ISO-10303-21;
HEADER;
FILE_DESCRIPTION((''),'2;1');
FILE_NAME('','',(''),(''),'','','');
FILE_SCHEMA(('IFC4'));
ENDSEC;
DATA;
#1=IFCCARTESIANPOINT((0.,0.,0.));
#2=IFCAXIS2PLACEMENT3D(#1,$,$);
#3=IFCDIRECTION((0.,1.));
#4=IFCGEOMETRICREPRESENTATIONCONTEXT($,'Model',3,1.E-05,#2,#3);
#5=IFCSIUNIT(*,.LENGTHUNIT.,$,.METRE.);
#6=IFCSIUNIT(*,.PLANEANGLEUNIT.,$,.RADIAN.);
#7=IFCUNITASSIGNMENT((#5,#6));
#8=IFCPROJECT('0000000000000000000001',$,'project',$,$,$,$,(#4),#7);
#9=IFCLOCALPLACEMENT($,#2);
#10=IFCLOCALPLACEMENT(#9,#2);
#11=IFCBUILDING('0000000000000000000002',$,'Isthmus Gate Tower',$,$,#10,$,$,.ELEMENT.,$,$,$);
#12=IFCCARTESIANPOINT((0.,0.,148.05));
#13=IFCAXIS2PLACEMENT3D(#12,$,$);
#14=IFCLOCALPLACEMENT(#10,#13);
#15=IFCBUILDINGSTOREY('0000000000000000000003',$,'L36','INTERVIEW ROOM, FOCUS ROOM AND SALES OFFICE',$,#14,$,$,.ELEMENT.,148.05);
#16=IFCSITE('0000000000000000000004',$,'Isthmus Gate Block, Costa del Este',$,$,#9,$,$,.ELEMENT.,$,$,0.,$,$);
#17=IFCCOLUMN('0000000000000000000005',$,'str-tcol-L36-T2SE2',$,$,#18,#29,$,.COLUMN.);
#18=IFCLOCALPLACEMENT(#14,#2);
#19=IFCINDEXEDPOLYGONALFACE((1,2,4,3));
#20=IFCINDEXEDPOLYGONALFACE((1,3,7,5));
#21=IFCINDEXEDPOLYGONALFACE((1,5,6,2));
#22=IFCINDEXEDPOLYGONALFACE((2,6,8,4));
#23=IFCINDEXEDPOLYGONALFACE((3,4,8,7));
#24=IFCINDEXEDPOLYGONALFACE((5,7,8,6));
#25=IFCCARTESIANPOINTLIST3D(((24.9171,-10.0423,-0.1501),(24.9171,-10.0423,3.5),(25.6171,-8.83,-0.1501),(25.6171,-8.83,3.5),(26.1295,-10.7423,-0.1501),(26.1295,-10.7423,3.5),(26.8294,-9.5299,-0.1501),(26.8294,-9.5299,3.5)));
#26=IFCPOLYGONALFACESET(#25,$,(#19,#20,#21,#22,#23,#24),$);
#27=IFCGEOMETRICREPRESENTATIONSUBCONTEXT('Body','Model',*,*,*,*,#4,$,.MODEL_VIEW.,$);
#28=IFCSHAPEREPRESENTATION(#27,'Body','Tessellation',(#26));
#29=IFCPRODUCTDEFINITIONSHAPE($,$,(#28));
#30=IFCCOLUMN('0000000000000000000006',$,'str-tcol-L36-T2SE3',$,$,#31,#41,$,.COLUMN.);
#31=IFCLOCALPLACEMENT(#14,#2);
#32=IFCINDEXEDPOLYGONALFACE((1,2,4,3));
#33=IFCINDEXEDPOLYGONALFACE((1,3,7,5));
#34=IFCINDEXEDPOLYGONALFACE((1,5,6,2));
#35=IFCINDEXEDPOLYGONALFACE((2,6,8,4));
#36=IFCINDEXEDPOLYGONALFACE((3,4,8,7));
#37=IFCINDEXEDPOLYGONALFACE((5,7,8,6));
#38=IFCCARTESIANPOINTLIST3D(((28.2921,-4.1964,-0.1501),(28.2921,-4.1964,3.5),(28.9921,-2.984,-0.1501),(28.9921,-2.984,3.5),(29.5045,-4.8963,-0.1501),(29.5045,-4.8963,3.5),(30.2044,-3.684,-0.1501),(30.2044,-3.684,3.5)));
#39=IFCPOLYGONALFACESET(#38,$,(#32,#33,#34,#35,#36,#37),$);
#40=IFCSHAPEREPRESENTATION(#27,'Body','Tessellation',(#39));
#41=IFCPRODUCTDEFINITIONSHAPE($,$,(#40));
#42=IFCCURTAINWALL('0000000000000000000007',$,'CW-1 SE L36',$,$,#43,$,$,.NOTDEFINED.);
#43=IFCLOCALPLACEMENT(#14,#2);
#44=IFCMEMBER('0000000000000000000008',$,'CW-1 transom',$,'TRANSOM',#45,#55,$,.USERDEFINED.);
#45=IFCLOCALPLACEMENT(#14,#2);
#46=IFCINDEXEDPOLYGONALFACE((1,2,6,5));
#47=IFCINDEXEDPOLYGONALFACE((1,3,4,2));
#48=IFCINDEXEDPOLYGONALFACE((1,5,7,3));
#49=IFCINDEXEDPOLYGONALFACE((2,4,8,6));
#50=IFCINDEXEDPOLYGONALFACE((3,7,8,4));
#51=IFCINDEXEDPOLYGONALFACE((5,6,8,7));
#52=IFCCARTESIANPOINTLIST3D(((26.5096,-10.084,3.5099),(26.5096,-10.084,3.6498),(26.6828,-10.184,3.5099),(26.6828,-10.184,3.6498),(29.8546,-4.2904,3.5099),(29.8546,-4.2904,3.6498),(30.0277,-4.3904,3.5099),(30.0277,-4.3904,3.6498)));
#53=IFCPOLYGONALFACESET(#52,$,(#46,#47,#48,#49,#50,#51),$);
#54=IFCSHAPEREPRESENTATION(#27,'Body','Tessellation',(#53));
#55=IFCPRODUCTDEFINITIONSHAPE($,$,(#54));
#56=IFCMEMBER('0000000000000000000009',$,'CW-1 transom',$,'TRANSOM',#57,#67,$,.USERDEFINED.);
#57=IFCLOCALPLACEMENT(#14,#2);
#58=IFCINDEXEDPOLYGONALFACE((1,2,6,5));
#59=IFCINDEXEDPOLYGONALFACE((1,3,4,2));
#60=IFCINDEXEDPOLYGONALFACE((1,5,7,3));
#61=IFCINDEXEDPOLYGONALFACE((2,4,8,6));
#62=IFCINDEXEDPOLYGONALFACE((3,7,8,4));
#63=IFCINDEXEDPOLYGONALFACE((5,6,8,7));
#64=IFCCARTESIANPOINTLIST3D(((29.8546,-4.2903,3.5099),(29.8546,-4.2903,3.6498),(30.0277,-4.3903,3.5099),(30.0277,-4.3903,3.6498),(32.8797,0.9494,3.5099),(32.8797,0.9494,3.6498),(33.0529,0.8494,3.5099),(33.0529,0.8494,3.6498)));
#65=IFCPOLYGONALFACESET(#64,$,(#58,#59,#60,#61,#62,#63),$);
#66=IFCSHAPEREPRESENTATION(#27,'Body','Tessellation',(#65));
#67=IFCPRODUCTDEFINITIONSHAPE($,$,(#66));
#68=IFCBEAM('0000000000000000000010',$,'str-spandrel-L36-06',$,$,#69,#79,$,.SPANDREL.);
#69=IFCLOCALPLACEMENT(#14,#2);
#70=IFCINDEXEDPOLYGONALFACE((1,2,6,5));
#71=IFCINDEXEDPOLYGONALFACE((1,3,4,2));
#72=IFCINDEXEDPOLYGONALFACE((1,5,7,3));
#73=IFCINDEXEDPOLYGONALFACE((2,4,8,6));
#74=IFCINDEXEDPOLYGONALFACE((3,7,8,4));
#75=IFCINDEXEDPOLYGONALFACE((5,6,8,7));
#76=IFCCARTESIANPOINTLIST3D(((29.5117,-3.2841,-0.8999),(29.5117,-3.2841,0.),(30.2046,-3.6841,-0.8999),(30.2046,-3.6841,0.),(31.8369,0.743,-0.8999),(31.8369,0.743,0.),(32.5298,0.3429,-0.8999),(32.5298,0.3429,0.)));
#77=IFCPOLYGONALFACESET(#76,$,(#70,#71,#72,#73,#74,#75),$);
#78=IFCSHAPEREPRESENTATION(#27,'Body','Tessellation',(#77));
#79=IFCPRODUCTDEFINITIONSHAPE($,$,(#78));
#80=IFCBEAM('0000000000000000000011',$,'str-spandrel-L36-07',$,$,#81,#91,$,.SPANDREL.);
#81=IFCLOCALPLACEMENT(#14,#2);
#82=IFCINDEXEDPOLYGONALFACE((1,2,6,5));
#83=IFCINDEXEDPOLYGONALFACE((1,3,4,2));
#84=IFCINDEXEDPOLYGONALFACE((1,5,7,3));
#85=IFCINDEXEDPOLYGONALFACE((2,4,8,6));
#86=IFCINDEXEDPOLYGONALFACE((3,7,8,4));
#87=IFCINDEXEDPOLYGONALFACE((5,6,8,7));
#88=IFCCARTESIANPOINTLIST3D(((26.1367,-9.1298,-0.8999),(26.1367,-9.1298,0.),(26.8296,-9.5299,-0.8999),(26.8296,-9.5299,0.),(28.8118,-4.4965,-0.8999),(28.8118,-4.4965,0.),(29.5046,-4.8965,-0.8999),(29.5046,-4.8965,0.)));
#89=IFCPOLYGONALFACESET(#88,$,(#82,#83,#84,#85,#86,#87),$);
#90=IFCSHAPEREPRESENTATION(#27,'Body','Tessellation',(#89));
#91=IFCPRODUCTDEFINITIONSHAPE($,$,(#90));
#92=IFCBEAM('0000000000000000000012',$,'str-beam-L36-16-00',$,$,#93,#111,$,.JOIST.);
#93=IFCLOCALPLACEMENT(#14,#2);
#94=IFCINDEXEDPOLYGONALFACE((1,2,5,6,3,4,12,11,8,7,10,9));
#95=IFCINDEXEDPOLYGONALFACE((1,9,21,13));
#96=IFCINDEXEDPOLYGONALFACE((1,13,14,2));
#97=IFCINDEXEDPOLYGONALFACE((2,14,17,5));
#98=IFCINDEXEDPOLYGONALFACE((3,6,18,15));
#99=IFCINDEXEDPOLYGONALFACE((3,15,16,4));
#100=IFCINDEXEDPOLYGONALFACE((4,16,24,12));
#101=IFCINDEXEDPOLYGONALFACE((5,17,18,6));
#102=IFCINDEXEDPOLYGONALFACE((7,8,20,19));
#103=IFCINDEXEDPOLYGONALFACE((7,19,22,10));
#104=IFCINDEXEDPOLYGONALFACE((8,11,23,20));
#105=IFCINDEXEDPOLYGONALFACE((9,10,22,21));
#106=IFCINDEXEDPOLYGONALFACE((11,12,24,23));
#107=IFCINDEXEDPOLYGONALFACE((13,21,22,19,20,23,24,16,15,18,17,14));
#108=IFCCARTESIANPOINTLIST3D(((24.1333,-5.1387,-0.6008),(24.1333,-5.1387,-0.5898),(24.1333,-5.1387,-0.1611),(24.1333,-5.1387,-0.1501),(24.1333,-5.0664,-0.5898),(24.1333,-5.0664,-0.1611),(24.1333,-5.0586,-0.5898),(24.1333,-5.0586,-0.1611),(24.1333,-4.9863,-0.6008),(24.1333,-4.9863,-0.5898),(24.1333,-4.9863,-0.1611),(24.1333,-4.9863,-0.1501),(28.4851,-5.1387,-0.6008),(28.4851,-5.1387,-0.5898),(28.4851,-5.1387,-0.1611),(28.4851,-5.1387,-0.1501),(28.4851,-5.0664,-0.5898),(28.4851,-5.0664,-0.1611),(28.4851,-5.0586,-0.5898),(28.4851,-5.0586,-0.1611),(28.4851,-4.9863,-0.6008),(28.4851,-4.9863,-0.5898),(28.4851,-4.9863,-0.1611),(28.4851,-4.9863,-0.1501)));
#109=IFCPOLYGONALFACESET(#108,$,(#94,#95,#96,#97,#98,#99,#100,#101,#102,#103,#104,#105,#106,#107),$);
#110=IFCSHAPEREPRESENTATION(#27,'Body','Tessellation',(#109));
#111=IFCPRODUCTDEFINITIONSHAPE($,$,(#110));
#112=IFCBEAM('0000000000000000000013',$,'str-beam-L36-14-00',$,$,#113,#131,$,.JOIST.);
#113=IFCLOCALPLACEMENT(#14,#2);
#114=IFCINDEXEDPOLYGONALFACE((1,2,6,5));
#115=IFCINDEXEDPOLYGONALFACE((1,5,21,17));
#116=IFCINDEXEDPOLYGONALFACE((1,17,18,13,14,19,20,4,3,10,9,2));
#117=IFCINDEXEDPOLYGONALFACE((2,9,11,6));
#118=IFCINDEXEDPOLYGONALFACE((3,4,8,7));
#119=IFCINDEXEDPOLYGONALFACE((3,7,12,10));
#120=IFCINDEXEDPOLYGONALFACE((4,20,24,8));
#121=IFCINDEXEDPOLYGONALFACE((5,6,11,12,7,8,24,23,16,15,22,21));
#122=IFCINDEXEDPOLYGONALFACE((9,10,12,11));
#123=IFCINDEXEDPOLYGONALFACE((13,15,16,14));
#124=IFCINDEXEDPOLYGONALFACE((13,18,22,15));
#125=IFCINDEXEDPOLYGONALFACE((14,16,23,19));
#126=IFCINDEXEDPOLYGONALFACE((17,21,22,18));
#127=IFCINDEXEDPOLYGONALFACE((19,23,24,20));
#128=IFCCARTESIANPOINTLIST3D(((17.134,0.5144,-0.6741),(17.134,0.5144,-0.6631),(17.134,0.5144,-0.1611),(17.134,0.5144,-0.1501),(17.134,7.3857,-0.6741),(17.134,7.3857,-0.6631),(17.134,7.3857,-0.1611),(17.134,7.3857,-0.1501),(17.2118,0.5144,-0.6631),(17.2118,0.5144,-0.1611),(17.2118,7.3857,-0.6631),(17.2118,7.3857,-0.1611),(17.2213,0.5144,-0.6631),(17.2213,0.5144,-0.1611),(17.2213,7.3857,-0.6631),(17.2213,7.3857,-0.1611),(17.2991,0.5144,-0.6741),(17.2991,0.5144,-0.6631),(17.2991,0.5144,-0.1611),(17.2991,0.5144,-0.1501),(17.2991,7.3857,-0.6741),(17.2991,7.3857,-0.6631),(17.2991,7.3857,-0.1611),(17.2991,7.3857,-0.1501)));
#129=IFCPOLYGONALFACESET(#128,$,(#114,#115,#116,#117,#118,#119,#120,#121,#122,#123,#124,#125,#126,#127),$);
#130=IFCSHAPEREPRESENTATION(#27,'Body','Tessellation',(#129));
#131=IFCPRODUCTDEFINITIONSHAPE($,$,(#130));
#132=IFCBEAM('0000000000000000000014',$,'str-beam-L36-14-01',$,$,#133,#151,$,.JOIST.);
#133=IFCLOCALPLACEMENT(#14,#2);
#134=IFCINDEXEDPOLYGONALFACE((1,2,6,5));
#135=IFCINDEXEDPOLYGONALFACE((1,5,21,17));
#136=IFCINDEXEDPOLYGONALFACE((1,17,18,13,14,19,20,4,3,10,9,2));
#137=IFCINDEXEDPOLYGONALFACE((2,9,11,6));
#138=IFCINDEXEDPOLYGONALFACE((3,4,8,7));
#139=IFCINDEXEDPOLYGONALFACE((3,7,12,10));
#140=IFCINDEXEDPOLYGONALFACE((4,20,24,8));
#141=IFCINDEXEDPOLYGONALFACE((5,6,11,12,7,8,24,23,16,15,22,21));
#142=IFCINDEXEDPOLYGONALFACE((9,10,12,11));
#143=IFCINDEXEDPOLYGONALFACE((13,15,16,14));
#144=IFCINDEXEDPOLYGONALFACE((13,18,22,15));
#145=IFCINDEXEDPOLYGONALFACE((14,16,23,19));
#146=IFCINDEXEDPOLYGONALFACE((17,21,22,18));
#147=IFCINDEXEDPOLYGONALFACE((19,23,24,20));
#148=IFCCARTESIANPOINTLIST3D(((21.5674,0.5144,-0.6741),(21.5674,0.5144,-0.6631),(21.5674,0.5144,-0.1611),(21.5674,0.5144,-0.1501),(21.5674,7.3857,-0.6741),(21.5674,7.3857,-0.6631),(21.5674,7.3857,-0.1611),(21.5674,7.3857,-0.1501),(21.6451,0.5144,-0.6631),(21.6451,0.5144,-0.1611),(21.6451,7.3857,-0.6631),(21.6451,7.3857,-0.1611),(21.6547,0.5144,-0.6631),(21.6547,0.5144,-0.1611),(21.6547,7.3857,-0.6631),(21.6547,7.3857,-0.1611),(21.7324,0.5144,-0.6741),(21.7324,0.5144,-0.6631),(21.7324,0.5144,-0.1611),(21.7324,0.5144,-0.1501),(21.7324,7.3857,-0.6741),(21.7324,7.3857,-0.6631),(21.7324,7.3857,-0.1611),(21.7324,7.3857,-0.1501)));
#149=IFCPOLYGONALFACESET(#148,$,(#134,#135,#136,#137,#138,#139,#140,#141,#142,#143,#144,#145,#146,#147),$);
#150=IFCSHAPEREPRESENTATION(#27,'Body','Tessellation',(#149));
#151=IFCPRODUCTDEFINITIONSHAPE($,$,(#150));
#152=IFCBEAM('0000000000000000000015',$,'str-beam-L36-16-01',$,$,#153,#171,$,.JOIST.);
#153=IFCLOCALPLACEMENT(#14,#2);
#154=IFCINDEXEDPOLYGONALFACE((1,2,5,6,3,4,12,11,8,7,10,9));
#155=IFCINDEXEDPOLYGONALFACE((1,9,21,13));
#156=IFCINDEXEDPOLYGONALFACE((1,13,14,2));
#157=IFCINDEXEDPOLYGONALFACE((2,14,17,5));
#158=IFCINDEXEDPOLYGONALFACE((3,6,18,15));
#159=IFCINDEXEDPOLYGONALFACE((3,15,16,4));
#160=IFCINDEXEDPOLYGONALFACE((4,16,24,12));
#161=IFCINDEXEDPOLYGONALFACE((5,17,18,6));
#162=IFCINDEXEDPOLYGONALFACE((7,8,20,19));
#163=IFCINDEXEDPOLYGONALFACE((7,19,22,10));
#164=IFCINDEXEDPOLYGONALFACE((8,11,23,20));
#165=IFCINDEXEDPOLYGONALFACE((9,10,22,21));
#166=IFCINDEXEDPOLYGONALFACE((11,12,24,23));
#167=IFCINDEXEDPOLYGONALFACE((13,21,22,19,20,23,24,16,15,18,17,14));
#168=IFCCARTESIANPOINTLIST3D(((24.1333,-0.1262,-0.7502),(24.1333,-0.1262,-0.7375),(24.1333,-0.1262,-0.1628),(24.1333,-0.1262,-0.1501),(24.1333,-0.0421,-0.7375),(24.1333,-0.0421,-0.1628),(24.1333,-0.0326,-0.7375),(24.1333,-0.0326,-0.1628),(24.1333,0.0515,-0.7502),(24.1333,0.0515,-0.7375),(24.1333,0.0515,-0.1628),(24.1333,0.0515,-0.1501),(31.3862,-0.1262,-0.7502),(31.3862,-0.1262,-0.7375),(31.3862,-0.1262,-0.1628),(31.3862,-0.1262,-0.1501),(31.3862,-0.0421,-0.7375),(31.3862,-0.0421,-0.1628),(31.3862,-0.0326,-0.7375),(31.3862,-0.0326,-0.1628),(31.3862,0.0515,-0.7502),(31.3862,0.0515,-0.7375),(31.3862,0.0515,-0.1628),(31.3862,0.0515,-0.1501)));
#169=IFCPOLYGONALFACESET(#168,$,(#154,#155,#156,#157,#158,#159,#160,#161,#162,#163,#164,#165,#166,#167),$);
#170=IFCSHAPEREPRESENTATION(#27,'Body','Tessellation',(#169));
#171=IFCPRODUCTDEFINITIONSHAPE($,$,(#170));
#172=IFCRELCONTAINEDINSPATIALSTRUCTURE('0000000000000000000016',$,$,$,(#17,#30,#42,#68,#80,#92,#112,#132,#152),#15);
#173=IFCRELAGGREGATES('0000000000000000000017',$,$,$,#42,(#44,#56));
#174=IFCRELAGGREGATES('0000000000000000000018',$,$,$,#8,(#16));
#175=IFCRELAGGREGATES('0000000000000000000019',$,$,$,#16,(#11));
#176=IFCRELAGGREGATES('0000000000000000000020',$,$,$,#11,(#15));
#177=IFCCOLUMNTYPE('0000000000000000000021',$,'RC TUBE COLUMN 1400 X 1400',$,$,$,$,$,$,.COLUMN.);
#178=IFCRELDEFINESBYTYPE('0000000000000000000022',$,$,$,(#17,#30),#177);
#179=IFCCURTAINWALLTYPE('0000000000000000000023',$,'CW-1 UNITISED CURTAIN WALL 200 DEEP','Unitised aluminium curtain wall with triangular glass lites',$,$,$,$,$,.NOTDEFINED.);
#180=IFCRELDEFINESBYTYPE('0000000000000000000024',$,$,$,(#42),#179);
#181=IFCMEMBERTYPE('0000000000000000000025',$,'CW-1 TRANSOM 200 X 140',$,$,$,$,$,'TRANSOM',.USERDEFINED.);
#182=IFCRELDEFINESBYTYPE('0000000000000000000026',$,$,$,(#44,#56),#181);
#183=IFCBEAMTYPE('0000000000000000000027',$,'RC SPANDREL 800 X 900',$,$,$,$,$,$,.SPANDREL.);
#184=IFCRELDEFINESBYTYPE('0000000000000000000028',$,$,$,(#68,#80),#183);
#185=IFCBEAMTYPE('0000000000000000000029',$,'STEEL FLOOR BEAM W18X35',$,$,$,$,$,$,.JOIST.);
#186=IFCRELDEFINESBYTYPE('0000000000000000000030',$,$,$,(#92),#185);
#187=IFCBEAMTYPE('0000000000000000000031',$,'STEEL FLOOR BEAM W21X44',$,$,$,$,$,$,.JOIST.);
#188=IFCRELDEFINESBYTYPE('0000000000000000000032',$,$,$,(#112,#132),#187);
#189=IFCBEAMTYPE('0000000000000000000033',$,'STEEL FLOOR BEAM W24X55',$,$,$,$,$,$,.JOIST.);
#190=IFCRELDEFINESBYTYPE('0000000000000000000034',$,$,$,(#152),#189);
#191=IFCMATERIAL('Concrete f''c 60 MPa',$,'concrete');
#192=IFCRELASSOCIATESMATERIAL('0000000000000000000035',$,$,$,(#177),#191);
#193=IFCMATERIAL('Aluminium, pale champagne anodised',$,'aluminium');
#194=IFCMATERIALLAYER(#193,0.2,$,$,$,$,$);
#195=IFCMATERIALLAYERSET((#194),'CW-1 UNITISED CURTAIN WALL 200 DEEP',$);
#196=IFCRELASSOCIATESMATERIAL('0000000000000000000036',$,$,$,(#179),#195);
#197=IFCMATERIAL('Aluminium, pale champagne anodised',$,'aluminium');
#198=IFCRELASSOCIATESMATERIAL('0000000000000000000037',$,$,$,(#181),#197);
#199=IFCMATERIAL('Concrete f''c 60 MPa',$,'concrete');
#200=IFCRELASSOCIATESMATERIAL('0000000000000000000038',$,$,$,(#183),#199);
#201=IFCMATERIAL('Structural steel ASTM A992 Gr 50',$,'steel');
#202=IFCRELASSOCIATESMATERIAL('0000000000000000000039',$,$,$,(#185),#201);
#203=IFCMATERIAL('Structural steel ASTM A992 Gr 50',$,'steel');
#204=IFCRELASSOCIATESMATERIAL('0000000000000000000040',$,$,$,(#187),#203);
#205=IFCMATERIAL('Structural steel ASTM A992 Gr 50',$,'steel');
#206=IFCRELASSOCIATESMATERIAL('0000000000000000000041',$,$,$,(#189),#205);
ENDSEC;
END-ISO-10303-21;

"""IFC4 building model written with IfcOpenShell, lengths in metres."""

from ifc_helpers import new_model, si_unit, direction, frame, origin, origin_2d, place, context, subcontext, project, spatial, rectangle, i_section, extrude, material, layer, layer_set, material_profile, profile_set, type_object, element, aggregate, save


model = new_model("IFC4")

# Units and contexts
model_context = context("Model", 3, precision=1e-05, world=origin(), true_north=direction((0.0, 1.0)))
body_context = subcontext(model_context, "Body", "Model", "MODEL_VIEW")
ifc_project = project(units=[si_unit("LENGTHUNIT", "METRE"), si_unit("PLANEANGLEUNIT", "RADIAN")], contexts=[model_context])

# Site, building, storey
site_placement = place(None, origin())
site = spatial("IfcSite", under=ifc_project, at=site_placement, Name="Isthmus Gate Block, Costa del Este", CompositionType="ELEMENT", RefElevation=0.0)
building_placement = place(site_placement, origin())
building = spatial("IfcBuilding", under=site, at=building_placement, Name="Isthmus Gate Tower", CompositionType="ELEMENT")
storey_placement = place(building_placement, frame((0.0, 0.0, 148.05)))
storey = spatial("IfcBuildingStorey", under=building, at=storey_placement, Name="L36", Description="INTERVIEW ROOM, FOCUS ROOM AND SALES OFFICE", CompositionType="ELEMENT", Elevation=148.05)

# Columns
ifc_material_1 = material(Name="Concrete f'c 60 MPa", Category="concrete")
ifc_material_profile_1 = material_profile(ifc_material_1, rectangle(XDim=1.3999, YDim=1.3999, at=origin_2d()), Name="RC 1400X1400")
ifc_profile_set_1 = profile_set([ifc_material_profile_1], Name="Concrete f'c 60 MPa")
column_type = type_object("IfcColumnType", Name="RC TUBE COLUMN 1400 X 1400", PredefinedType="COLUMN", material=ifc_profile_set_1)
for number, where, z_axis, x_axis, name in (
    (1, (25.8733, -9.7861, -0.1501), (0.0, 0.0, 1.0), (0.5, 0.866025, 0.0), "str-tcol-L36-T2SE2"),
    (2, (29.2483, -3.9402, -0.1501), (0.0, 0.0, 1.0), (0.5, 0.866025, 0.0), "str-tcol-L36-T2SE3"),
):
    element("IfcColumn", number, at=place(storey_placement, frame(where, z_axis=z_axis, x_axis=x_axis)), inside=storey, type_object=column_type, Name=name, PredefinedType="COLUMN", context=body_context, shape_type="SweptSolid", body=[
        extrude(rectangle(XDim=1.3999, YDim=1.3999, at=origin_2d()), origin(), (0.0, 0.0, 1.0), 3.6501),
    ])

# Curtain wall, members
ifc_material_2 = material(Name="Aluminium, pale champagne anodised", Category="aluminium")
ifc_layer_1 = layer(ifc_material_2, 0.2)
ifc_layer_set_1 = layer_set([ifc_layer_1], Name="CW-1 UNITISED CURTAIN WALL 200 DEEP")
curtain_wall_type = type_object("IfcCurtainWallType", Name="CW-1 UNITISED CURTAIN WALL 200 DEEP", Description="Unitised aluminium curtain wall with triangular glass lites", PredefinedType="NOTDEFINED", material=ifc_layer_set_1)
curtain_wall_placement = place(storey_placement, origin())
curtain_wall = element("IfcCurtainWall", 3, at=curtain_wall_placement, inside=storey, type_object=curtain_wall_type, Name="CW-1 SE L36", PredefinedType="NOTDEFINED")
ifc_material_3 = material(Name="Aluminium, pale champagne anodised", Category="aluminium")
ifc_material_profile_2 = material_profile(ifc_material_3, rectangle(XDim=0.2, YDim=0.1399, at=origin_2d()), Name="200x140")
ifc_profile_set_2 = profile_set([ifc_material_profile_2], Name="Aluminium, pale champagne anodised")
member_type = type_object("IfcMemberType", Name="CW-1 TRANSOM 200 X 140", ElementType="TRANSOM", PredefinedType="USERDEFINED", material=ifc_profile_set_2)
member_1_placement = place(storey_placement, frame((26.5962, -10.134, 3.5798), z_axis=(0.499997, 0.866027, 0.0), x_axis=(-0.866027, 0.499997, 0.0)))
member_1 = element("IfcMember", 4, at=member_1_placement, type_object=member_type, Name="CW-1 transom", ObjectType="TRANSOM", PredefinedType="USERDEFINED", context=body_context, shape_type="SweptSolid", body=[
    extrude(rectangle(XDim=0.2, YDim=0.1399, at=origin_2d()), origin(), (0.0, 0.0, 1.0), 6.6899),
])
member_2_placement = place(storey_placement, frame((29.9412, -4.3403, 3.5798), z_axis=(0.499997, 0.866027, 0.0), x_axis=(-0.866027, 0.499997, 0.0)))
member_2 = element("IfcMember", 5, at=member_2_placement, type_object=member_type, Name="CW-1 transom", ObjectType="TRANSOM", PredefinedType="USERDEFINED", context=body_context, shape_type="SweptSolid", body=[
    extrude(rectangle(XDim=0.2, YDim=0.1399, at=origin_2d()), origin(), (0.0, 0.0, 1.0), 6.0503),
])

# Beams
ifc_material_4 = material(Name="Concrete f'c 60 MPa", Category="concrete")
ifc_material_profile_3 = material_profile(ifc_material_4, rectangle(XDim=0.8, YDim=0.8999, at=origin_2d()), Name="RC 800X900")
ifc_profile_set_3 = profile_set([ifc_material_profile_3], Name="Concrete f'c 60 MPa")
beam_type_1 = type_object("IfcBeamType", Name="RC SPANDREL 800 X 900", PredefinedType="SPANDREL", material=ifc_profile_set_3)
beam_1_placement = place(storey_placement, frame((32.1833, 0.543, -0.45), z_axis=(-0.500024, -0.866012, 0.0), x_axis=(0.866012, -0.500024, 0.0)))
element("IfcBeam", 6, at=beam_1_placement, inside=storey, type_object=beam_type_1, Name="str-spandrel-L36-06", PredefinedType="SPANDREL", context=body_context, shape_type="SweptSolid", body=[
    extrude(rectangle(XDim=0.8, YDim=0.8999, at=origin_2d()), origin(), (0.0, 0.0, 1.0), 4.6501),
])
beam_2_placement = place(storey_placement, frame((29.1582, -4.6965, -0.45), z_axis=(-0.500002, -0.866024, 0.0), x_axis=(0.866024, -0.500002, 0.0)))
element("IfcBeam", 7, at=beam_2_placement, inside=storey, type_object=beam_type_1, Name="str-spandrel-L36-07", PredefinedType="SPANDREL", context=body_context, shape_type="SweptSolid", body=[
    extrude(rectangle(XDim=0.8, YDim=0.8999, at=origin_2d()), origin(), (0.0, 0.0, 1.0), 5.3501),
])
ifc_material_5 = material(Name="Structural steel ASTM A992 Gr 50", Category="steel")
ifc_material_profile_4 = material_profile(ifc_material_5, i_section(OverallWidth=0.1523, OverallDepth=0.4507, WebThickness=0.0078, FlangeThickness=0.011, at=origin_2d()), Name="W18X35")
ifc_profile_set_4 = profile_set([ifc_material_profile_4], Name="Structural steel ASTM A992 Gr 50")
beam_type_2 = type_object("IfcBeamType", Name="STEEL FLOOR BEAM W18X35", PredefinedType="JOIST", material=ifc_profile_set_4)
beam_3_placement = place(storey_placement, frame((24.1333, -5.0625, -0.3755), z_axis=(1.0, 0.0, 0.0), x_axis=(0.0, 1.0, 0.0)))
element("IfcBeam", 8, at=beam_3_placement, inside=storey, type_object=beam_type_2, Name="str-beam-L36-16-00", PredefinedType="JOIST", context=body_context, shape_type="SweptSolid", body=[
    extrude(i_section(OverallWidth=0.1523, OverallDepth=0.4507, WebThickness=0.0078, FlangeThickness=0.011, at=origin_2d()), origin(), (0.0, 0.0, 1.0), 4.3518),
])
ifc_material_6 = material(Name="Structural steel ASTM A992 Gr 50", Category="steel")
ifc_material_profile_5 = material_profile(ifc_material_6, i_section(OverallWidth=0.165, OverallDepth=0.5239, WebThickness=0.0095, FlangeThickness=0.011, at=origin_2d()), Name="W21X44")
ifc_profile_set_5 = profile_set([ifc_material_profile_5], Name="Structural steel ASTM A992 Gr 50")
beam_type_3 = type_object("IfcBeamType", Name="STEEL FLOOR BEAM W21X44", PredefinedType="JOIST", material=ifc_profile_set_5)
for number, where, z_axis, x_axis, name in (
    (9, (17.2166, 0.5144, -0.4121), (0.0, 1.0, 0.0), (-1.0, 0.0, 0.0), "str-beam-L36-14-00"),
    (10, (21.6499, 0.5144, -0.4121), (0.0, 1.0, 0.0), (-1.0, 0.0, 0.0), "str-beam-L36-14-01"),
):
    element("IfcBeam", number, at=place(storey_placement, frame(where, z_axis=z_axis, x_axis=x_axis)), inside=storey, type_object=beam_type_3, Name=name, PredefinedType="JOIST", context=body_context, shape_type="SweptSolid", body=[
        extrude(i_section(OverallWidth=0.165, OverallDepth=0.5239, WebThickness=0.0095, FlangeThickness=0.011, at=origin_2d()), origin(), (0.0, 0.0, 1.0), 6.8713),
    ])
ifc_material_7 = material(Name="Structural steel ASTM A992 Gr 50", Category="steel")
ifc_material_profile_6 = material_profile(ifc_material_7, i_section(OverallWidth=0.1777, OverallDepth=0.6001, WebThickness=0.0095, FlangeThickness=0.0127, at=origin_2d()), Name="W24X55")
ifc_profile_set_6 = profile_set([ifc_material_profile_6], Name="Structural steel ASTM A992 Gr 50")
beam_type_4 = type_object("IfcBeamType", Name="STEEL FLOOR BEAM W24X55", PredefinedType="JOIST", material=ifc_profile_set_6)
beam_4_placement = place(storey_placement, frame((24.1333, -0.0374, -0.4502), z_axis=(1.0, 0.0, 0.0), x_axis=(0.0, 1.0, 0.0)))
element("IfcBeam", 11, at=beam_4_placement, inside=storey, type_object=beam_type_4, Name="str-beam-L36-16-01", PredefinedType="JOIST", context=body_context, shape_type="SweptSolid", body=[
    extrude(i_section(OverallWidth=0.1777, OverallDepth=0.6001, WebThickness=0.0095, FlangeThickness=0.0127, at=origin_2d()), origin(), (0.0, 0.0, 1.0), 7.2529),
])

aggregate(curtain_wall, [member_1, member_2])

save(model, "model.ifc")
